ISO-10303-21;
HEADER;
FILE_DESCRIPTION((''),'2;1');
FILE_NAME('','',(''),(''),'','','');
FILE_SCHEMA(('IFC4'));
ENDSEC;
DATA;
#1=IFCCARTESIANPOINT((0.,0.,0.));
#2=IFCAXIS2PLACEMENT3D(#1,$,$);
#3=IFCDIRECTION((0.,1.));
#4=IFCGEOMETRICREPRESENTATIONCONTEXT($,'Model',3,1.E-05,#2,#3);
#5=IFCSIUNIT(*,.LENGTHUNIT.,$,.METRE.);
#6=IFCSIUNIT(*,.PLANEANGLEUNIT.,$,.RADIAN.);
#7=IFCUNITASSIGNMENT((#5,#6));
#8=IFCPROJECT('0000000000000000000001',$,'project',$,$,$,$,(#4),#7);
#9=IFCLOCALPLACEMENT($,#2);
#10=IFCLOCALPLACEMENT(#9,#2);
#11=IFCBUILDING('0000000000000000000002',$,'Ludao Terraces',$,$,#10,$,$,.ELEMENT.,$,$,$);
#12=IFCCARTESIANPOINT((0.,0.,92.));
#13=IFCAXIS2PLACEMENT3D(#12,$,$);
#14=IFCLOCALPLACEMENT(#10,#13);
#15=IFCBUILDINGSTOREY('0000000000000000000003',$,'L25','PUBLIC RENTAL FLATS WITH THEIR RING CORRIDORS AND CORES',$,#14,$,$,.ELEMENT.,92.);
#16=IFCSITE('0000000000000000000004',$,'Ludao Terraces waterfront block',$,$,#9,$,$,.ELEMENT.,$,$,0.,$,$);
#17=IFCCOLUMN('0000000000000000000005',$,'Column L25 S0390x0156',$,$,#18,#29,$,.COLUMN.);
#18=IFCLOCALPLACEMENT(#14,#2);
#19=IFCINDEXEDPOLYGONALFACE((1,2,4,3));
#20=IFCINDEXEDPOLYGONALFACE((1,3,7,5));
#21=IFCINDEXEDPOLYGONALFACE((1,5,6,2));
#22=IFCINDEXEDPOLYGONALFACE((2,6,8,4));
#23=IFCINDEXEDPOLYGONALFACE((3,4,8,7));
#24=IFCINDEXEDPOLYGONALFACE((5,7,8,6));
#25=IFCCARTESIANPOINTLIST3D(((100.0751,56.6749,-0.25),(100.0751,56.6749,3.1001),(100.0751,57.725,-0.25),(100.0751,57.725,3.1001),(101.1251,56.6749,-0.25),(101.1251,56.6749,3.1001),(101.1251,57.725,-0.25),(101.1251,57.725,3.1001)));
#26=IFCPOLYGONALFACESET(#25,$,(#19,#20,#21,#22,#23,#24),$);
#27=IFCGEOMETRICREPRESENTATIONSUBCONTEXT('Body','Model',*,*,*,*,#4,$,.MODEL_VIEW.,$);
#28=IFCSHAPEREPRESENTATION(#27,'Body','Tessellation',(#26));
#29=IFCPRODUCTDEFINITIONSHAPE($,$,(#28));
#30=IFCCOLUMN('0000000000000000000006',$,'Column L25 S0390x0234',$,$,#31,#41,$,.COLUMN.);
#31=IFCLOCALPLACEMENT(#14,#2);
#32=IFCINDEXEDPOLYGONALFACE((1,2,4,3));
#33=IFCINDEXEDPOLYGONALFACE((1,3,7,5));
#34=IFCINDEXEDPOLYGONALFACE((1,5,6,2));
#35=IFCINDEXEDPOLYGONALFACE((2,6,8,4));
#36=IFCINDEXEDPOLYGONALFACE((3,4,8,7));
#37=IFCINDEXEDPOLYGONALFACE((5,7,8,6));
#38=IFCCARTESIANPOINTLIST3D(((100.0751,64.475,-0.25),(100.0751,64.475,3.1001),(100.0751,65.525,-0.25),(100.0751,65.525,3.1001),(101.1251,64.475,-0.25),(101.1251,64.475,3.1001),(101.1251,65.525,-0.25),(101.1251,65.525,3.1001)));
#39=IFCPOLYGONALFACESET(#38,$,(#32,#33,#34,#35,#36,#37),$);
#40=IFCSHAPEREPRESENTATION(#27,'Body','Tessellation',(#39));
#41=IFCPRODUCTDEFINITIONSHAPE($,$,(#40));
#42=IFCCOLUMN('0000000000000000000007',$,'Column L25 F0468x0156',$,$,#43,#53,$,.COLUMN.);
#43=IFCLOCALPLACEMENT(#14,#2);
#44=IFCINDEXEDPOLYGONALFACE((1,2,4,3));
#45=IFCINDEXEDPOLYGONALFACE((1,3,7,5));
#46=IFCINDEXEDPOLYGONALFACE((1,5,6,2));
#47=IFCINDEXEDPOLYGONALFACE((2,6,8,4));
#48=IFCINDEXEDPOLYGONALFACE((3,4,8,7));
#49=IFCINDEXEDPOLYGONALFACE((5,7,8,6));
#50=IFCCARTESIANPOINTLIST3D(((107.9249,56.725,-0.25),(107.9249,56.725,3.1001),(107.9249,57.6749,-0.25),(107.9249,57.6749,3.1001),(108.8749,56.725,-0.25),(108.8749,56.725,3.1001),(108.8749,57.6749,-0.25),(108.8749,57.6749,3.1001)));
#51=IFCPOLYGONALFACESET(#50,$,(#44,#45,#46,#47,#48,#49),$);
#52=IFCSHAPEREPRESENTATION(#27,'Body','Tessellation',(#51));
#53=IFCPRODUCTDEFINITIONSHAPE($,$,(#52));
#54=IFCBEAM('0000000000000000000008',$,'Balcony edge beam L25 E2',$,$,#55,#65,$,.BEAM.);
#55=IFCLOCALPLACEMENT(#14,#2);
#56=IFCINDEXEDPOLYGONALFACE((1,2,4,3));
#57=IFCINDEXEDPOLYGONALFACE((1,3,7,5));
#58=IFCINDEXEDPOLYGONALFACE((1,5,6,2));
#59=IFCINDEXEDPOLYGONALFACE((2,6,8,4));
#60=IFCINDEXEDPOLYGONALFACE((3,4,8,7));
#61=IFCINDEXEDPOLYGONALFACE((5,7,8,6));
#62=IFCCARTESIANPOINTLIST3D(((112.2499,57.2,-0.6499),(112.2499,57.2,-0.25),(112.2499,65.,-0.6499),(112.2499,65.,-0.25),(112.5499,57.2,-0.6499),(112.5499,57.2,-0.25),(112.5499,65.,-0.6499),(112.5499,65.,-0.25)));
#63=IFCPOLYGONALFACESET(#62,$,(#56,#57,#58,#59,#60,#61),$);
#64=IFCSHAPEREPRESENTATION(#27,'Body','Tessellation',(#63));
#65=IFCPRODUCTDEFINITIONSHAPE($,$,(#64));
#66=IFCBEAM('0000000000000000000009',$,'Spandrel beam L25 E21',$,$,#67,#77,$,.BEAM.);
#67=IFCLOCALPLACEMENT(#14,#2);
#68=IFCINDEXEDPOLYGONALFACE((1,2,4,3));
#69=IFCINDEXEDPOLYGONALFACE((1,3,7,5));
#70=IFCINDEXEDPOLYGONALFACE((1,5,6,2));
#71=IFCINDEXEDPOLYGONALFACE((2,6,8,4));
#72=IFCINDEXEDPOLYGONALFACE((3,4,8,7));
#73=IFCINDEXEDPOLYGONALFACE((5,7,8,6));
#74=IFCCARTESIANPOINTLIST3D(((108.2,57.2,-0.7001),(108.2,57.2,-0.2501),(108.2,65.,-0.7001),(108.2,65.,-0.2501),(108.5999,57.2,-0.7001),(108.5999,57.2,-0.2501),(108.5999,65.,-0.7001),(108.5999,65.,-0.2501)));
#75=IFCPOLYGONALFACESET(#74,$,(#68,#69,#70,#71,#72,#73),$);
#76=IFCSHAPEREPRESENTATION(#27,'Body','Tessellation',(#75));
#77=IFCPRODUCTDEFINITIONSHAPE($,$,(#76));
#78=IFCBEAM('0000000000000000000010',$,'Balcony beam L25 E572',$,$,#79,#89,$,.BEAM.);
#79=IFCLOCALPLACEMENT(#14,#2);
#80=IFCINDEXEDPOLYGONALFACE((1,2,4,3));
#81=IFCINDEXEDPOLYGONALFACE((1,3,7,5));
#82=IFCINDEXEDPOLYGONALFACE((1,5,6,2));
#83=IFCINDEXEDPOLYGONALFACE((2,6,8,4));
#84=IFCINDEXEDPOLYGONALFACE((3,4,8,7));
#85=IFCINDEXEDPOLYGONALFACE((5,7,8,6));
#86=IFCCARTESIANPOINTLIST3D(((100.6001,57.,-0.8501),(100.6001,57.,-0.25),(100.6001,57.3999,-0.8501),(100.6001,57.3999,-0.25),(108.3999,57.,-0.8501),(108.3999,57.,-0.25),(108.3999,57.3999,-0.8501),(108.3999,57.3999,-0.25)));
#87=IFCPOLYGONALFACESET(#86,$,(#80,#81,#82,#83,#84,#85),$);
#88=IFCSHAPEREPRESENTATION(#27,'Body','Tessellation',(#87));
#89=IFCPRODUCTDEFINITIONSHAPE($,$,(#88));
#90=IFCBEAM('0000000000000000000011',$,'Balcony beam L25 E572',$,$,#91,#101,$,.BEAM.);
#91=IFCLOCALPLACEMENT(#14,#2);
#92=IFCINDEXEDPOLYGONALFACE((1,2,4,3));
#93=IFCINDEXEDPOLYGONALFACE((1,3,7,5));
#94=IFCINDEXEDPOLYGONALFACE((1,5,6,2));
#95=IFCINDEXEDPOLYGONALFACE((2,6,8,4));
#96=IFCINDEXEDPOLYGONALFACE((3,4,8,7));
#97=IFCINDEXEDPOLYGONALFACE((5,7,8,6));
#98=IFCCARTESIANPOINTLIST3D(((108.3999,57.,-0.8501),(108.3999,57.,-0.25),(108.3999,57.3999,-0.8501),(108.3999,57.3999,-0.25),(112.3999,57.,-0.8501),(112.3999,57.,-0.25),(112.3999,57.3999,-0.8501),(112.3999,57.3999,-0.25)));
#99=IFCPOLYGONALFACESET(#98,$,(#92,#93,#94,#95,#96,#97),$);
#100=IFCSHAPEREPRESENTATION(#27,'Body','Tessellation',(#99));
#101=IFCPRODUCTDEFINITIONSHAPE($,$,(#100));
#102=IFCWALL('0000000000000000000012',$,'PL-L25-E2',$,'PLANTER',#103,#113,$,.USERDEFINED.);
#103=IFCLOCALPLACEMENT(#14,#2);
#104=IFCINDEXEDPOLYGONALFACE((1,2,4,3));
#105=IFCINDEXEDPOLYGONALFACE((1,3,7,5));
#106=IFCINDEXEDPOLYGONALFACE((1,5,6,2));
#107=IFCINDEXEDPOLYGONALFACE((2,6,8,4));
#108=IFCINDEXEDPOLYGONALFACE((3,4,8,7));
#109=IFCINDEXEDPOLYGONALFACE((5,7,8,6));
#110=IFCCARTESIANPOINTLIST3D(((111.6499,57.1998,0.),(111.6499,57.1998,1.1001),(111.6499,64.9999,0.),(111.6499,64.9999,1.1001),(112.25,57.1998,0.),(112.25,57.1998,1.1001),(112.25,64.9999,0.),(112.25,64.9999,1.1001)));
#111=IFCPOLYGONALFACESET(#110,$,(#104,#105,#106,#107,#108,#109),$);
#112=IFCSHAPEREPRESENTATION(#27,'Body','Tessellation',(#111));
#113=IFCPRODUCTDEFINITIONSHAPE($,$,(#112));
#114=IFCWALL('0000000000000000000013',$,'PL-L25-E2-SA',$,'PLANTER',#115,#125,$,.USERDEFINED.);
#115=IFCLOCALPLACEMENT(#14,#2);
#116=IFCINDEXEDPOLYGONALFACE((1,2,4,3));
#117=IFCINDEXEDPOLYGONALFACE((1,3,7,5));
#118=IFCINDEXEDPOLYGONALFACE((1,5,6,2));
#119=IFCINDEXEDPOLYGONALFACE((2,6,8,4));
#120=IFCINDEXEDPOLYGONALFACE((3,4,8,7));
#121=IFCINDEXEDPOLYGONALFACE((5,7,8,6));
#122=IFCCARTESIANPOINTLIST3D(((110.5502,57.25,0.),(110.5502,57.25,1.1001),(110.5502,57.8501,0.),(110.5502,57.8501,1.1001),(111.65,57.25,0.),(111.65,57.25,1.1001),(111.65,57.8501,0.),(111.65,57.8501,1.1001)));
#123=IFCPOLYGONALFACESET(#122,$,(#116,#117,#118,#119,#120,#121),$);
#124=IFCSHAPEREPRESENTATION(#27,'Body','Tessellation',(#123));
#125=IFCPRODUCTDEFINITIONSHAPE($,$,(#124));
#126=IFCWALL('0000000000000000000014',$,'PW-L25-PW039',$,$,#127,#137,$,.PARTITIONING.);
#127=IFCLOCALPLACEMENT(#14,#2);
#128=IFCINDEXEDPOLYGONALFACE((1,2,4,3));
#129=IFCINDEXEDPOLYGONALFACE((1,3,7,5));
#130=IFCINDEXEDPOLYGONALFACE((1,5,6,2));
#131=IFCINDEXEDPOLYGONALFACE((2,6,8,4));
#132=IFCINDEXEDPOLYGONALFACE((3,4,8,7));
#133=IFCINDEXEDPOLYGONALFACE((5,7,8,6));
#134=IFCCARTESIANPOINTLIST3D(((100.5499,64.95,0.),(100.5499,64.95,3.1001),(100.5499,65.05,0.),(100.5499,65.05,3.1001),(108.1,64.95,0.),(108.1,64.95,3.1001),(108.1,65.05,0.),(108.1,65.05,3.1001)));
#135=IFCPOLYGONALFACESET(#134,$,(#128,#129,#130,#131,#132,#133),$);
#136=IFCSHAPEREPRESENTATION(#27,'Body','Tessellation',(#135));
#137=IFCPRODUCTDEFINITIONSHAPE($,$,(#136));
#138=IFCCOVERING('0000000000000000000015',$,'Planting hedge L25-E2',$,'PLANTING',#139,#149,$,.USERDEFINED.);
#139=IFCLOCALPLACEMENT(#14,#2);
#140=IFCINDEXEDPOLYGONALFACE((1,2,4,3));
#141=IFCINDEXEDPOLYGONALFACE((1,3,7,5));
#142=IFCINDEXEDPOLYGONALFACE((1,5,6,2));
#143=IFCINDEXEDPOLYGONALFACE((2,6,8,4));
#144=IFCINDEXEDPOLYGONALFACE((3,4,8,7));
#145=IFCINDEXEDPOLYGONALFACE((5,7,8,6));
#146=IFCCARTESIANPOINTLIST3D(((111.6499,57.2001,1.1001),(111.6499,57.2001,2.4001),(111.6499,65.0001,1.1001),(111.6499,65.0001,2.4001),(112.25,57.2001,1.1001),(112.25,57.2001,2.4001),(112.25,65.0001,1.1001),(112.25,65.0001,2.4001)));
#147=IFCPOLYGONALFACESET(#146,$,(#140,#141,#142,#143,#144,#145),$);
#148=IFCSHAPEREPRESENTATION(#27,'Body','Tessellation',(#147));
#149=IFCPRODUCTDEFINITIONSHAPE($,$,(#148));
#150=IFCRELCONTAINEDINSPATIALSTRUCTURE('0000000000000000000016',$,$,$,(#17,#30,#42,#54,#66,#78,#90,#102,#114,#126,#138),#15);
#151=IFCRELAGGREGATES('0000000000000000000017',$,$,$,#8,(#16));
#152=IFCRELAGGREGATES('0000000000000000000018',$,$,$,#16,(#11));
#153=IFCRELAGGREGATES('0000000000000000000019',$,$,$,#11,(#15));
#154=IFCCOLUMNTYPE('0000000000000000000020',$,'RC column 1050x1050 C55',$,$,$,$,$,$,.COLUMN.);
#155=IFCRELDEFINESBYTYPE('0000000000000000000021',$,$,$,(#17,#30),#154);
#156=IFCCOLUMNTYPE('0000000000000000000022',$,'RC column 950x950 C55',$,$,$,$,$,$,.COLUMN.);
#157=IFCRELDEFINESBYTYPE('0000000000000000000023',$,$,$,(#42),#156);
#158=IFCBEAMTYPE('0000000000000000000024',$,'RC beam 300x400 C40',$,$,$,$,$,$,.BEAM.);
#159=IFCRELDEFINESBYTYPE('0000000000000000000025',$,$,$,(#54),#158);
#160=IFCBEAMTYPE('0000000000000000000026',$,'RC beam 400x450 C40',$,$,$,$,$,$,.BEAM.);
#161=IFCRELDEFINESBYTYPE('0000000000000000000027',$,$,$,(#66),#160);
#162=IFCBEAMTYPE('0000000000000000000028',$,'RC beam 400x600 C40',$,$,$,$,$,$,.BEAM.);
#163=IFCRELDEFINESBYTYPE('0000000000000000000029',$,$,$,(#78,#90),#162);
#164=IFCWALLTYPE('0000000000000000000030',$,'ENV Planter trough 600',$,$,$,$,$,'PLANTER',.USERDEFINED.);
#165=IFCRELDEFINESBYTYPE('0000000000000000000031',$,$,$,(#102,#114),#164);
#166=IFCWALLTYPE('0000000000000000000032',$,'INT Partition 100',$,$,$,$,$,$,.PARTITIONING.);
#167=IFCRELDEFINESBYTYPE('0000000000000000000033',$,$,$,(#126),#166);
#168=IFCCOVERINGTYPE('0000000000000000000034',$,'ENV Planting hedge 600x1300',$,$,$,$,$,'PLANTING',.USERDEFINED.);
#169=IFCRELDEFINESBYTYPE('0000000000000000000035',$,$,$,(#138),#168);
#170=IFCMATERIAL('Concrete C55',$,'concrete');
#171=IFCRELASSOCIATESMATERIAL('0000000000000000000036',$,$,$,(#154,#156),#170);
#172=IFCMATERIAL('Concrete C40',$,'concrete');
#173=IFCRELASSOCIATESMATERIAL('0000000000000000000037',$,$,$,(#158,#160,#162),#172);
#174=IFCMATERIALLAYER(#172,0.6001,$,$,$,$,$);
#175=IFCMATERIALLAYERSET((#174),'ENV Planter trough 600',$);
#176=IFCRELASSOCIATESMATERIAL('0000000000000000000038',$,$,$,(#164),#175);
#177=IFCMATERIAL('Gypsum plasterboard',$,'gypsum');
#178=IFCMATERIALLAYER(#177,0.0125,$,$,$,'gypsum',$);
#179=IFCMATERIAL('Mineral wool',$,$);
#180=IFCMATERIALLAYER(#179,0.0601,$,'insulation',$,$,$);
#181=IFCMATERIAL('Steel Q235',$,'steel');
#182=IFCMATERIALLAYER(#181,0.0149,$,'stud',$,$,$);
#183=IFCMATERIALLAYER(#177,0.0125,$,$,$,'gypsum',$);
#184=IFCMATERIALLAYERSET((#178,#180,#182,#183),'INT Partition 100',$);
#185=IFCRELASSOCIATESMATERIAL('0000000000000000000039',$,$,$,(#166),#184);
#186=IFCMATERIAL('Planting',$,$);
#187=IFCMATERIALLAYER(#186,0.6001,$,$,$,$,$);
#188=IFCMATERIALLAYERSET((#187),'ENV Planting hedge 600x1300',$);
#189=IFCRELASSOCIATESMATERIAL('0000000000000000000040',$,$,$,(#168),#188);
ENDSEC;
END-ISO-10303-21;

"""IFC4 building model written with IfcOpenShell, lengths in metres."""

from ifc_helpers import new_model, si_unit, direction, frame, frame_2d, origin, origin_2d, place, context, subcontext, project, spatial, rectangle, extrude, material, layer, layer_set, material_profile, profile_set, type_object, element, save


model = new_model("IFC4")

# Units and contexts
model_context = context("Model", 3, precision=1e-05, world=origin(), true_north=direction((0.0, 1.0)))
body_context = subcontext(model_context, "Body", "Model", "MODEL_VIEW")
ifc_project = project(units=[si_unit("LENGTHUNIT", "METRE"), si_unit("PLANEANGLEUNIT", "RADIAN")], contexts=[model_context])

# Site, building, storey
site_placement = place(None, origin())
site = spatial("IfcSite", under=ifc_project, at=site_placement, Name="Ludao Terraces waterfront block", CompositionType="ELEMENT", RefElevation=0.0)
building_placement = place(site_placement, origin())
building = spatial("IfcBuilding", under=site, at=building_placement, Name="Ludao Terraces", CompositionType="ELEMENT")
storey_placement = place(building_placement, frame((0.0, 0.0, 92.0)))
storey = spatial("IfcBuildingStorey", under=building, at=storey_placement, Name="L25", Description="PUBLIC RENTAL FLATS WITH THEIR RING CORRIDORS AND CORES", CompositionType="ELEMENT", Elevation=92.0)

# Columns
ifc_material_1 = material(Name="Concrete C55", Category="concrete")
ifc_material_profile_1 = material_profile(ifc_material_1, rectangle(XDim=1.05, YDim=1.05, at=origin_2d()), Name="1050 X 1050")
ifc_profile_set_1 = profile_set([ifc_material_profile_1], Name="Concrete C55")
column_type_1 = type_object("IfcColumnType", Name="RC column 1050x1050 C55", PredefinedType="COLUMN", material=ifc_profile_set_1)
for number, where, z_axis, x_axis, name in (
    (1, (100.6001, 57.2, -0.25), (0.0, 0.0, 1.0), (1.0, 0.0, 0.0), "Column L25 S0390x0156"),
    (2, (100.6001, 65.0, -0.25), (0.0, 0.0, 1.0), (1.0, 0.0, 0.0), "Column L25 S0390x0234"),
):
    element("IfcColumn", number, at=place(storey_placement, frame(where, z_axis=z_axis, x_axis=x_axis)), inside=storey, type_object=column_type_1, Name=name, PredefinedType="COLUMN", context=body_context, shape_type="SweptSolid", body=[
        extrude(rectangle(XDim=1.05, YDim=1.05, at=origin_2d()), origin(), (0.0, 0.0, 1.0), 3.3501),
    ])
ifc_material_profile_2 = material_profile(ifc_material_1, rectangle(XDim=0.95, YDim=0.95, at=origin_2d()), Name="950 X 950")
ifc_profile_set_2 = profile_set([ifc_material_profile_2], Name="Concrete C55")
column_type_2 = type_object("IfcColumnType", Name="RC column 950x950 C55", PredefinedType="COLUMN", material=ifc_profile_set_2)
column_placement = place(storey_placement, frame((108.3999, 57.2, -0.25), z_axis=(0.0, 0.0, 1.0), x_axis=(1.0, 0.0, 0.0)))
element("IfcColumn", 3, at=column_placement, inside=storey, type_object=column_type_2, Name="Column L25 F0468x0156", PredefinedType="COLUMN", context=body_context, shape_type="SweptSolid", body=[
    extrude(rectangle(XDim=0.95, YDim=0.95, at=origin_2d()), origin(), (0.0, 0.0, 1.0), 3.3501),
])

# Beams
ifc_material_2 = material(Name="Concrete C40", Category="concrete")
ifc_material_profile_3 = material_profile(ifc_material_2, rectangle(XDim=0.3, YDim=0.3999, at=origin_2d()), Name="300 X 400")
ifc_profile_set_3 = profile_set([ifc_material_profile_3], Name="Concrete C40")
beam_type_1 = type_object("IfcBeamType", Name="RC beam 300x400 C40", PredefinedType="BEAM", material=ifc_profile_set_3)
beam_1_placement = place(storey_placement, frame((112.3999, 57.2, -0.45), z_axis=(0.0, 1.0, 0.0), x_axis=(-1.0, 0.0, 0.0)))
element("IfcBeam", 4, at=beam_1_placement, inside=storey, type_object=beam_type_1, Name="Balcony edge beam L25 E2", PredefinedType="BEAM", context=body_context, shape_type="SweptSolid", body=[
    extrude(rectangle(XDim=0.3, YDim=0.3999, at=origin_2d()), origin(), (0.0, 0.0, 1.0), 7.8),
])
ifc_material_profile_4 = material_profile(ifc_material_2, rectangle(XDim=0.3999, YDim=0.45, at=origin_2d()), Name="400 X 450")
ifc_profile_set_4 = profile_set([ifc_material_profile_4], Name="Concrete C40")
beam_type_2 = type_object("IfcBeamType", Name="RC beam 400x450 C40", PredefinedType="BEAM", material=ifc_profile_set_4)
beam_2_placement = place(storey_placement, frame((108.3999, 57.2, -0.4751), z_axis=(0.0, 1.0, 0.0), x_axis=(-1.0, 0.0, 0.0)))
element("IfcBeam", 5, at=beam_2_placement, inside=storey, type_object=beam_type_2, Name="Spandrel beam L25 E21", PredefinedType="BEAM", context=body_context, shape_type="SweptSolid", body=[
    extrude(rectangle(XDim=0.3999, YDim=0.45, at=origin_2d()), origin(), (0.0, 0.0, 1.0), 7.8),
])
ifc_material_profile_5 = material_profile(ifc_material_2, rectangle(XDim=0.3999, YDim=0.6001, at=origin_2d()), Name="400 X 600")
ifc_profile_set_5 = profile_set([ifc_material_profile_5], Name="Concrete C40")
beam_type_3 = type_object("IfcBeamType", Name="RC beam 400x600 C40", PredefinedType="BEAM", material=ifc_profile_set_5)
beam_3_placement = place(storey_placement, frame((100.6001, 57.2, -0.55), z_axis=(1.0, 0.0, 0.0), x_axis=(0.0, 1.0, 0.0)))
element("IfcBeam", 6, at=beam_3_placement, inside=storey, type_object=beam_type_3, Name="Balcony beam L25 E572", PredefinedType="BEAM", context=body_context, shape_type="SweptSolid", body=[
    extrude(rectangle(XDim=0.3999, YDim=0.6001, at=origin_2d()), origin(), (0.0, 0.0, 1.0), 7.7998),
])
beam_4_placement = place(storey_placement, frame((108.3999, 57.2, -0.55), z_axis=(1.0, 0.0, 0.0), x_axis=(0.0, 1.0, 0.0)))
element("IfcBeam", 7, at=beam_4_placement, inside=storey, type_object=beam_type_3, Name="Balcony beam L25 E572", PredefinedType="BEAM", context=body_context, shape_type="SweptSolid", body=[
    extrude(rectangle(XDim=0.3999, YDim=0.6001, at=origin_2d()), origin(), (0.0, 0.0, 1.0), 4.0),
])

# Walls
ifc_layer_1 = layer(ifc_material_2, 0.6001)
ifc_layer_set_1 = layer_set([ifc_layer_1], Name="ENV Planter trough 600")
wall_type_1 = type_object("IfcWallType", Name="ENV Planter trough 600", ElementType="PLANTER", PredefinedType="USERDEFINED", material=ifc_layer_set_1)
wall_1_placement = place(storey_placement, frame((111.95, 57.2, 0.0), z_axis=(0.0, 0.0, 1.0), x_axis=(0.0, 1.0, 0.0)))
element("IfcWall", 8, at=wall_1_placement, inside=storey, type_object=wall_type_1, Name="PL-L25-E2", ObjectType="PLANTER", PredefinedType="USERDEFINED", context=body_context, shape_type="SweptSolid", body=[
    extrude(rectangle(XDim=7.8, YDim=0.6001, at=frame_2d((3.8999, 0.0))), origin(), (0.0, 0.0, 1.0), 1.1001),
])
wall_2_placement = place(storey_placement, frame((111.6499, 57.55, 0.0), z_axis=(0.0, 0.0, 1.0), x_axis=(-1.0, 0.0, 0.0)))
element("IfcWall", 9, at=wall_2_placement, inside=storey, type_object=wall_type_1, Name="PL-L25-E2-SA", ObjectType="PLANTER", PredefinedType="USERDEFINED", context=body_context, shape_type="SweptSolid", body=[
    extrude(rectangle(XDim=1.0999, YDim=0.6001, at=frame_2d((0.5498, 0.0))), origin(), (0.0, 0.0, 1.0), 1.1001),
])

# Shared definitions
ifc_material_3 = material(Name="Mineral wool")

# Wall
ifc_material_4 = material(Name="Gypsum plasterboard", Category="gypsum")
ifc_layer_2 = layer(ifc_material_4, 0.0125, Category="gypsum")
ifc_layer_3 = layer(ifc_material_3, 0.0601, Name="insulation")
ifc_material_5 = material(Name="Steel Q235", Category="steel")
ifc_layer_4 = layer(ifc_material_5, 0.0149, Name="stud")
ifc_layer_5 = layer(ifc_material_4, 0.0125, Category="gypsum")
ifc_layer_set_2 = layer_set([ifc_layer_2, ifc_layer_3, ifc_layer_4, ifc_layer_5], Name="INT Partition 100")
wall_type_2 = type_object("IfcWallType", Name="INT Partition 100", PredefinedType="PARTITIONING", material=ifc_layer_set_2)
wall_3_placement = place(storey_placement, frame((100.55, 65.0, 0.0), z_axis=(0.0, 0.0, 1.0), x_axis=(1.0, 0.0, 0.0)))
element("IfcWall", 10, at=wall_3_placement, inside=storey, type_object=wall_type_2, Name="PW-L25-PW039", PredefinedType="PARTITIONING", context=body_context, shape_type="SweptSolid", body=[
    extrude(rectangle(XDim=7.55, YDim=0.1001, at=frame_2d((3.7749, 0.0))), origin(), (0.0, 0.0, 1.0), 3.1001),
])

# Covering
ifc_material_6 = material(Name="Planting")
ifc_layer_6 = layer(ifc_material_6, 0.6001)
ifc_layer_set_3 = layer_set([ifc_layer_6], Name="ENV Planting hedge 600x1300")
covering_type = type_object("IfcCoveringType", Name="ENV Planting hedge 600x1300", ElementType="PLANTING", PredefinedType="USERDEFINED", material=ifc_layer_set_3)
covering_placement = place(storey_placement, frame((111.95, 61.1001, 1.1001), z_axis=(0.0, 0.0, 1.0), x_axis=(1.0, 0.0, 0.0)))
element("IfcCovering", 11, at=covering_placement, inside=storey, type_object=covering_type, Name="Planting hedge L25-E2", ObjectType="PLANTING", PredefinedType="USERDEFINED", context=body_context, shape_type="SweptSolid", body=[
    extrude(rectangle(XDim=0.6001, YDim=7.8, at=origin_2d()), origin(), (0.0, 0.0, 1.0), 1.3),
])

save(model, "model.ifc")
